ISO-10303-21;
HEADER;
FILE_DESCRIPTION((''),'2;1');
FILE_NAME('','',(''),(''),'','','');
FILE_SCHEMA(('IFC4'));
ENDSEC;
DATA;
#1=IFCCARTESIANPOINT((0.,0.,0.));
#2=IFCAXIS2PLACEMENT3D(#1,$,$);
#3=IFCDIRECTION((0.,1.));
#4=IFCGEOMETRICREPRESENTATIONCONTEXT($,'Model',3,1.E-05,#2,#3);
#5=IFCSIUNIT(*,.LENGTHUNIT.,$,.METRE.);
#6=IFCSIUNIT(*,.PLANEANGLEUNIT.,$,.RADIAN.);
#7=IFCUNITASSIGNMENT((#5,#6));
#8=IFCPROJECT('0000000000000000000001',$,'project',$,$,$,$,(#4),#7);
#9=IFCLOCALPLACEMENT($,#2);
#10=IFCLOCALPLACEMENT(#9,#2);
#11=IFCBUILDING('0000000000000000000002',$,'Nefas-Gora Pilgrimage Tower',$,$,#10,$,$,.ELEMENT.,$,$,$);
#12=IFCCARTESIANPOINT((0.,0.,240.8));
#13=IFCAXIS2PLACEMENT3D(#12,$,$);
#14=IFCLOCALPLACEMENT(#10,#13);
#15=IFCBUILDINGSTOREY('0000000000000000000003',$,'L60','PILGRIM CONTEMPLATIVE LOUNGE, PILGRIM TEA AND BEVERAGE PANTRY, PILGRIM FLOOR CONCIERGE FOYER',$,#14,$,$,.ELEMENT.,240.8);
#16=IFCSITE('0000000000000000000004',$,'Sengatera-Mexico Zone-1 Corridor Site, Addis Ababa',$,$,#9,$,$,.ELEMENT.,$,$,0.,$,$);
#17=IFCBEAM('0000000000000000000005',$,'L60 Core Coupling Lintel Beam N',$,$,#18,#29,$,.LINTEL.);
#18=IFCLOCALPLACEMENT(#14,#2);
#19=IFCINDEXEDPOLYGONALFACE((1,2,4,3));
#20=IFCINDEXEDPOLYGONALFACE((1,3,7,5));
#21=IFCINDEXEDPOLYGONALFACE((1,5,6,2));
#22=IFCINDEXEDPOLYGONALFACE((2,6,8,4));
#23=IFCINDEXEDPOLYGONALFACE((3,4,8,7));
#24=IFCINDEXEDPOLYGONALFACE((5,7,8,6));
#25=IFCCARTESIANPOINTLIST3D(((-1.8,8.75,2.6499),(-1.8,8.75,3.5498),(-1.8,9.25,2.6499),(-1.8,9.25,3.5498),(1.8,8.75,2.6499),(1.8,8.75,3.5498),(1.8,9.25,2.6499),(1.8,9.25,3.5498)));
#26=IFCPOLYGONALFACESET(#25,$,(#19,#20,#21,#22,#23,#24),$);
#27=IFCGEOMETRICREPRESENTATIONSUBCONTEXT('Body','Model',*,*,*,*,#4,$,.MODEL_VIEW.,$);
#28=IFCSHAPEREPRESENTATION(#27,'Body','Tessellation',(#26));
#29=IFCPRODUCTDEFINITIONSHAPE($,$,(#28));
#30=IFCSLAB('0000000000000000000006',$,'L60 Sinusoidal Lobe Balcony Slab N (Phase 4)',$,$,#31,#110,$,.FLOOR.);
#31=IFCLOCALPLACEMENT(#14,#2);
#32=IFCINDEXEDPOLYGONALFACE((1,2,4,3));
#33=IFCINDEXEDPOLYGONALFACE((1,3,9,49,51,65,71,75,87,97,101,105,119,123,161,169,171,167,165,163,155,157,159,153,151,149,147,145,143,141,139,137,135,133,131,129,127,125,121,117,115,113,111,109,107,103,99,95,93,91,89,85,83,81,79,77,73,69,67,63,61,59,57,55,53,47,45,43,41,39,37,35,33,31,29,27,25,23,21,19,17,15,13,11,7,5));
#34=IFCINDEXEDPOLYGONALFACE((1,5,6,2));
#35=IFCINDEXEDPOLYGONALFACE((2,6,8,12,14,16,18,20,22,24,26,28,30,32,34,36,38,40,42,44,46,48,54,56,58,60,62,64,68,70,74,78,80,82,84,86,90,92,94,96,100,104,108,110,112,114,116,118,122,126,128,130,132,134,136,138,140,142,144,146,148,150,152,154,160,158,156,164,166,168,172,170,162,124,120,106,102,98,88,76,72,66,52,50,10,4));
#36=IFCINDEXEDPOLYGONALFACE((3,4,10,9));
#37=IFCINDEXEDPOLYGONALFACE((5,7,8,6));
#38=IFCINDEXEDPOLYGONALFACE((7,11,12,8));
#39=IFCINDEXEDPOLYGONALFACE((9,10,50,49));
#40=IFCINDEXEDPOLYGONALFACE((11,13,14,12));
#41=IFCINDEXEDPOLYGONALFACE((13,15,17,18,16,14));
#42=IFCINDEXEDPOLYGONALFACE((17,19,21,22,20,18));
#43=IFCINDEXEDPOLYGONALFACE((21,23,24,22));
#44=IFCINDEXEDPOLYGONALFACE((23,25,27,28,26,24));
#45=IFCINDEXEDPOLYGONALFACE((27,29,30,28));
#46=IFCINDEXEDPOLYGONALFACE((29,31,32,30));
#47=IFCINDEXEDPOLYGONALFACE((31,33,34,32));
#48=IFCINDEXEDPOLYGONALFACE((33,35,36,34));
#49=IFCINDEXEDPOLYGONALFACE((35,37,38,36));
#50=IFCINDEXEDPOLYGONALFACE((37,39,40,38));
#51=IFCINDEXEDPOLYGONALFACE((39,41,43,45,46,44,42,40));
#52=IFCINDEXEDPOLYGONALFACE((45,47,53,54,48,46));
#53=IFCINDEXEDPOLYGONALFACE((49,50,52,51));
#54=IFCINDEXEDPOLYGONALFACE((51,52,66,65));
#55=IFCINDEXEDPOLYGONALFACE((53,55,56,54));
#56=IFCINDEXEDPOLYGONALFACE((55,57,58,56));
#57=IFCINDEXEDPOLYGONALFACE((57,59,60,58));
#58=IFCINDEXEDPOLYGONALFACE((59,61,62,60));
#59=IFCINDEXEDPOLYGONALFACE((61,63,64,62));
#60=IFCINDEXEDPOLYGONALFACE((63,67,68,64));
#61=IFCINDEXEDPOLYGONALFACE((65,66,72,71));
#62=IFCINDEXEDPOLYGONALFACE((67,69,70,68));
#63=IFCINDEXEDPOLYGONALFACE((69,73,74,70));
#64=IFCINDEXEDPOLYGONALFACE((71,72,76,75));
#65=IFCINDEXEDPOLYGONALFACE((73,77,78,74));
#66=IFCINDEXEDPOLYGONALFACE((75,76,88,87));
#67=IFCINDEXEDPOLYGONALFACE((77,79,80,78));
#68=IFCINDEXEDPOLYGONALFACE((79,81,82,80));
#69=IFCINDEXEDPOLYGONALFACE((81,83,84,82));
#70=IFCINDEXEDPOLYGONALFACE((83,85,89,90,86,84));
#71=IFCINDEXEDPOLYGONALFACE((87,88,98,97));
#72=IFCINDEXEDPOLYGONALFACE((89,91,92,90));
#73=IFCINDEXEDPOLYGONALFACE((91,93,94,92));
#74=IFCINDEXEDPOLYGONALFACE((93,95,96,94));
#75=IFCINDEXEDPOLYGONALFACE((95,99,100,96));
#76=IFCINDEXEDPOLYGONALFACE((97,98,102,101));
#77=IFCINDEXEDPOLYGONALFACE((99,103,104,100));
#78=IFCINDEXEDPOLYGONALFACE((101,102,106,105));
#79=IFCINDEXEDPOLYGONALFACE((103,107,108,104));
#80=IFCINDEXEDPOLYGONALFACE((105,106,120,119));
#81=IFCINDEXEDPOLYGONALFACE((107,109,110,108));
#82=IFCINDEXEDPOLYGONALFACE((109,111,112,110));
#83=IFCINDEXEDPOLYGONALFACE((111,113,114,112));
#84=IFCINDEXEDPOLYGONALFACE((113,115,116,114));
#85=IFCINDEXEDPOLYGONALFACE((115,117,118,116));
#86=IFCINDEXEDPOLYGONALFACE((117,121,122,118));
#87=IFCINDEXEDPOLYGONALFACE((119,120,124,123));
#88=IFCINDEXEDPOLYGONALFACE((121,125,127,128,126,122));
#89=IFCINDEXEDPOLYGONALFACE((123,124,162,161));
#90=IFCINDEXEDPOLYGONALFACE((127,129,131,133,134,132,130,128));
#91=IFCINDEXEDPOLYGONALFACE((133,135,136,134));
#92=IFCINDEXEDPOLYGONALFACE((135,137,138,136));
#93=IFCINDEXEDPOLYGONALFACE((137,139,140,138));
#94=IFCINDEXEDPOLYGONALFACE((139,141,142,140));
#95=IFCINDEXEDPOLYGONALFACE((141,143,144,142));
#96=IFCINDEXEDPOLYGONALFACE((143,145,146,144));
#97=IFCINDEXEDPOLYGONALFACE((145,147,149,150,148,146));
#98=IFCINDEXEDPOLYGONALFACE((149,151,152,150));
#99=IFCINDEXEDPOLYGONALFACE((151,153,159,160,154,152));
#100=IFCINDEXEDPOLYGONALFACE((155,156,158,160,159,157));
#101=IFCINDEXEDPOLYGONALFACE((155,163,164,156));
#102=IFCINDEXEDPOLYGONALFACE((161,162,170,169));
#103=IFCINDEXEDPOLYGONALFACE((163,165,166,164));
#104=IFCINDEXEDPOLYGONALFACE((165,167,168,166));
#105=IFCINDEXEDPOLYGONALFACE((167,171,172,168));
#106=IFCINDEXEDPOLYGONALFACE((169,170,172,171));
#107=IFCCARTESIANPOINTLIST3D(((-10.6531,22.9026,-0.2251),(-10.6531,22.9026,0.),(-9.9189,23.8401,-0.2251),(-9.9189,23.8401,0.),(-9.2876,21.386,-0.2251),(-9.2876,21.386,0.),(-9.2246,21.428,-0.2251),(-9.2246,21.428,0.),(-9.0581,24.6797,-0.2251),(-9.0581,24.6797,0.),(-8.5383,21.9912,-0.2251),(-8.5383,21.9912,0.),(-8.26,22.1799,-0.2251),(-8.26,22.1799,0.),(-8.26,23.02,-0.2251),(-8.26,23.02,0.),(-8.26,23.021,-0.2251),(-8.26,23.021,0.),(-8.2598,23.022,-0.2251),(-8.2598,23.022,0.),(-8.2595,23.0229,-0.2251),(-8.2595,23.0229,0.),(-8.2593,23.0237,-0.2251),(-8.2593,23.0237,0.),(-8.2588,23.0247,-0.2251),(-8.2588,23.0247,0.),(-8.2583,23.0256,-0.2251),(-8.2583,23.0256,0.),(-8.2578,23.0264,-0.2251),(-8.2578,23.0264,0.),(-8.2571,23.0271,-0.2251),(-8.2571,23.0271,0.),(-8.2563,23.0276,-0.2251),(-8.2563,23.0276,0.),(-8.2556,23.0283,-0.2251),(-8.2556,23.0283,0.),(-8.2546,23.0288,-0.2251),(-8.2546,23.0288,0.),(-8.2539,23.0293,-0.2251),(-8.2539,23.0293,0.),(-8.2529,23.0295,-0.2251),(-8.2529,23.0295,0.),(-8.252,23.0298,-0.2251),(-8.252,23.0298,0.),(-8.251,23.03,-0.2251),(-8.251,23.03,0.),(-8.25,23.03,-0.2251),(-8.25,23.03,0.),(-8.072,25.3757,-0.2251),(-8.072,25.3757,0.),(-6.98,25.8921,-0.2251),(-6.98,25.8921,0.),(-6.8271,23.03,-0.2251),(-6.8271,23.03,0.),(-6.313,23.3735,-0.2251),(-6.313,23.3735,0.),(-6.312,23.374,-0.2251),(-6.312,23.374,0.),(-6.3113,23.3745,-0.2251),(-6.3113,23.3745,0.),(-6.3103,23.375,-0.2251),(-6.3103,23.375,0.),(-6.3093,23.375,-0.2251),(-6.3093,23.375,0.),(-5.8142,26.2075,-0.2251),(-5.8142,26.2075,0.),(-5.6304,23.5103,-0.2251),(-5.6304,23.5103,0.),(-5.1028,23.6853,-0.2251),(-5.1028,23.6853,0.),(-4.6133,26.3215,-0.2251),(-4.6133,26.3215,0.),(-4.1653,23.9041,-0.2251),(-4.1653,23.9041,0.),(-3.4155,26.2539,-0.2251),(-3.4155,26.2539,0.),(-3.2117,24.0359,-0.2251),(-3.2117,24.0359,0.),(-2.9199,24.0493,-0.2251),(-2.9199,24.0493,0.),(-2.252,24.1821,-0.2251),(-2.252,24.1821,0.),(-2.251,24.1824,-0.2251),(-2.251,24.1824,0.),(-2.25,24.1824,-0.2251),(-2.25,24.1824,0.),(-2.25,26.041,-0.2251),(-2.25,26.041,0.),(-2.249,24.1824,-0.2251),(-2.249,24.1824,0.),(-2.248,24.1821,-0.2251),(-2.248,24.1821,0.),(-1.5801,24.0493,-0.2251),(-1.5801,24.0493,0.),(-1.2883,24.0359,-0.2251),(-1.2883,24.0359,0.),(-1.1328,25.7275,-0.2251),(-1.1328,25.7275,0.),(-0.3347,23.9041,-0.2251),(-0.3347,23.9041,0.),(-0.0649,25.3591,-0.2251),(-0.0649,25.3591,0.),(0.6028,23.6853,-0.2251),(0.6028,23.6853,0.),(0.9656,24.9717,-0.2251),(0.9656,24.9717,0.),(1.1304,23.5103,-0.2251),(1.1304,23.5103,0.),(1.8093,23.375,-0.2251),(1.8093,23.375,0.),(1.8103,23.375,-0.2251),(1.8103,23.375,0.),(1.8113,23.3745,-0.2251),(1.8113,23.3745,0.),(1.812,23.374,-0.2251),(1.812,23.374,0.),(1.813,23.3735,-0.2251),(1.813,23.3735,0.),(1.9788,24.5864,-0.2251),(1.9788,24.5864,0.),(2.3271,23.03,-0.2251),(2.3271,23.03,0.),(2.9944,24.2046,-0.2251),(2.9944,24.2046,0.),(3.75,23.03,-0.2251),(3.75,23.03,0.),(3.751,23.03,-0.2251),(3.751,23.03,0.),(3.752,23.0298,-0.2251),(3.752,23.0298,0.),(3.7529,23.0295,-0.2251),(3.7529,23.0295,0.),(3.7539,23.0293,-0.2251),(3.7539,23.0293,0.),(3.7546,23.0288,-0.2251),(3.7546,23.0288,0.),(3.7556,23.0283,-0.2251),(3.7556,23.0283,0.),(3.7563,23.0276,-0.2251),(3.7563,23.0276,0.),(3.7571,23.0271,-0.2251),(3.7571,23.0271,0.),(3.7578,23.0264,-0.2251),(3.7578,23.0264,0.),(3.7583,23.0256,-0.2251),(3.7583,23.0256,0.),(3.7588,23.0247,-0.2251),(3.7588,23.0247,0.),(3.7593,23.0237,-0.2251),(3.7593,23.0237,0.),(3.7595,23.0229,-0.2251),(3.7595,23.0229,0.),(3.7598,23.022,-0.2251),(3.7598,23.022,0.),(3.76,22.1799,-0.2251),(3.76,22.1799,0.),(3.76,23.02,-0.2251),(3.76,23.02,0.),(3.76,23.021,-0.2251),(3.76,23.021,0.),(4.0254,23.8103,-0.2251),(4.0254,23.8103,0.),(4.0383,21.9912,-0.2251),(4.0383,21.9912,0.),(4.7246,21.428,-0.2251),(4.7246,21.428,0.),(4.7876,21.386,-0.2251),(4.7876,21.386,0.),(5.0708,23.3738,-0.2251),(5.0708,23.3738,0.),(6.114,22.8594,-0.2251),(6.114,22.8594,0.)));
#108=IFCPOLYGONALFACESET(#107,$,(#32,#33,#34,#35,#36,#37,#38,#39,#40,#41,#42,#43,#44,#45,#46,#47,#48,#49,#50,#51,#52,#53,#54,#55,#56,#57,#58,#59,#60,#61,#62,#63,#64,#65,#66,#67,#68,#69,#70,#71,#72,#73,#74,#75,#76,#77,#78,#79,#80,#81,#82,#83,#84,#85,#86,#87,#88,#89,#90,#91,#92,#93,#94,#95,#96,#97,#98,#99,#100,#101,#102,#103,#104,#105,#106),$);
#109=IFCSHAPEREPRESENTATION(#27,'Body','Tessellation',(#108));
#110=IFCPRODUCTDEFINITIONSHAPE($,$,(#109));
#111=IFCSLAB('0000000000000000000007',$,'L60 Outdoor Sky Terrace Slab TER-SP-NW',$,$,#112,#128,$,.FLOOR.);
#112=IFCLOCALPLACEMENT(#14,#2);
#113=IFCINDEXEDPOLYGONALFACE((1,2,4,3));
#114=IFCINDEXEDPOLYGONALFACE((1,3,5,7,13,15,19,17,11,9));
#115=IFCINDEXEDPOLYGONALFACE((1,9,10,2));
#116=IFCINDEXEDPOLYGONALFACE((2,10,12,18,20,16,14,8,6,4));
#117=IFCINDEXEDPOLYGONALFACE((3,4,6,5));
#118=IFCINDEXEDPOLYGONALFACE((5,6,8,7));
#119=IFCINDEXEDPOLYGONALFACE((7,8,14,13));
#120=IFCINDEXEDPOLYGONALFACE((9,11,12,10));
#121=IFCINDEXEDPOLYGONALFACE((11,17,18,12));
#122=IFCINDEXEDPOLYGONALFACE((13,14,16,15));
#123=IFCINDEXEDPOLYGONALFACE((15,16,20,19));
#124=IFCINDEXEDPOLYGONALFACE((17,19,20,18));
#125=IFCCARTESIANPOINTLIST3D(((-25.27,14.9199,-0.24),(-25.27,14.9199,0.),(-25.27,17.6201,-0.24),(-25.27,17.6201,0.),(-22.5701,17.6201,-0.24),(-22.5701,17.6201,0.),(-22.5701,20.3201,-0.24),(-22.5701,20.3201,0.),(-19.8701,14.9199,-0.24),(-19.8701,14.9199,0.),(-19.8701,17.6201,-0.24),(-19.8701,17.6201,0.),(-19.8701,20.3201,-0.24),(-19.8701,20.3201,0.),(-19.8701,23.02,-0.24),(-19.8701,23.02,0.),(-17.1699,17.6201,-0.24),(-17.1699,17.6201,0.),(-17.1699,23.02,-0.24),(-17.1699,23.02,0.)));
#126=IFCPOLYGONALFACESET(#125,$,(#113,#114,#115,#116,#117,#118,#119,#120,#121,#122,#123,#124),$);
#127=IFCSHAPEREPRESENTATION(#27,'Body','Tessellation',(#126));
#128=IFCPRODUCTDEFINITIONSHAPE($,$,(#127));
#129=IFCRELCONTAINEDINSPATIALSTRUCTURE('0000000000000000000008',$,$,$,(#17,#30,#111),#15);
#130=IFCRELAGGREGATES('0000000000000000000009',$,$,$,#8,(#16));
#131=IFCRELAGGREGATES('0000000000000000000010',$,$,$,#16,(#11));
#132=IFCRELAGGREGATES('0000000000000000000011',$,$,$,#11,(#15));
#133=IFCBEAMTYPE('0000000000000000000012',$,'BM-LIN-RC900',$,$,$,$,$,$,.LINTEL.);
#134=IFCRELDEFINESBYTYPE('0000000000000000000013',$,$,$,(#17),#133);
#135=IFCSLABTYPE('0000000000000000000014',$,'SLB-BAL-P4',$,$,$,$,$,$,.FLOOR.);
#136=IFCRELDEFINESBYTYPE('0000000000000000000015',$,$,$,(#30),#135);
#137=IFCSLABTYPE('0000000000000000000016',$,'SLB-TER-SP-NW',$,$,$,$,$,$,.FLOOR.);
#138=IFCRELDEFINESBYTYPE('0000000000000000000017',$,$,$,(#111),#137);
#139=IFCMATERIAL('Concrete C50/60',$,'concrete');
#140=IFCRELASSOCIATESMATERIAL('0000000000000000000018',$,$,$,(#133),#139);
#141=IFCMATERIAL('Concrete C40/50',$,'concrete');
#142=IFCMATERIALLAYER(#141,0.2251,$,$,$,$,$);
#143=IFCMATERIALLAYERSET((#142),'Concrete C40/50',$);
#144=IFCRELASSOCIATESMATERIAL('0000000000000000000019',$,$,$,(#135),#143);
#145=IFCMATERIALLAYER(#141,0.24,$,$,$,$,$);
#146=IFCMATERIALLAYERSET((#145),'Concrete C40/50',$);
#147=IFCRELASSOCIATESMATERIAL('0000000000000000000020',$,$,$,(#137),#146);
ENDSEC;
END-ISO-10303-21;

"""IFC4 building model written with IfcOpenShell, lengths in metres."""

from ifc_helpers import new_model, si_unit, direction, frame, origin, origin_2d, place, context, subcontext, project, spatial, polyline, rectangle, outline, extrude, source, transform, mapped, material, layer, layer_set, material_profile, profile_set, type_object, element, save


model = new_model("IFC4")

# Units and contexts
model_context = context("Model", 3, precision=1e-05, world=origin(), true_north=direction((0.0, 1.0)))
body_context = subcontext(model_context, "Body", "Model", "MODEL_VIEW")
ifc_project = project(units=[si_unit("LENGTHUNIT", "METRE"), si_unit("PLANEANGLEUNIT", "RADIAN")], contexts=[model_context])

# Site, building, storey
site_placement = place(None, origin())
site = spatial("IfcSite", under=ifc_project, at=site_placement, Name="Sengatera-Mexico Zone-1 Corridor Site, Addis Ababa", CompositionType="ELEMENT", RefElevation=0.0)
building_placement = place(site_placement, origin())
building = spatial("IfcBuilding", under=site, at=building_placement, Name="Nefas-Gora Pilgrimage Tower", CompositionType="ELEMENT")
storey_placement = place(building_placement, frame((0.0, 0.0, 240.8)))
storey = spatial("IfcBuildingStorey", under=building, at=storey_placement, Name="L60", Description="PILGRIM CONTEMPLATIVE LOUNGE, PILGRIM TEA AND BEVERAGE PANTRY, PILGRIM FLOOR CONCIERGE FOYER", CompositionType="ELEMENT", Elevation=240.8)

# Beam
ifc_material_1 = material(Name="Concrete C50/60", Category="concrete")
ifc_material_profile = material_profile(ifc_material_1, rectangle(XDim=0.5, YDim=0.8999, at=origin_2d()), Name="RC 500x900")
ifc_profile_set = profile_set([ifc_material_profile], Name="Concrete C50/60")
beam_type = type_object("IfcBeamType", Name="BM-LIN-RC900", PredefinedType="LINTEL", material=ifc_profile_set)
shared_shape_1 = source(origin(), body_context, "Body", "SweptSolid", [
    extrude(rectangle(XDim=0.5, YDim=0.8999, at=origin_2d()), origin(), (0.0, 0.0, 1.0), 3.6001),
])
beam_placement = place(storey_placement, frame((-1.8, 9.0, 3.0999), z_axis=(1.0, 0.0, 0.0), x_axis=(0.0, 1.0, 0.0)))
element("IfcBeam", 1, at=beam_placement, inside=storey, type_object=beam_type, Name="L60 Core Coupling Lintel Beam N", PredefinedType="LINTEL", context=body_context, shape_type="MappedRepresentation", body=[
    mapped(shared_shape_1, transform((0.0, 0.0, 0.0), x_axis=(1.0, 0.0, 0.0), y_axis=(0.0, 1.0, 0.0), z_axis=(0.0, 0.0, 1.0), scale=1.0)),
])

# Slabs
ifc_material_2 = material(Name="Concrete C40/50", Category="concrete")
ifc_layer_1 = layer(ifc_material_2, 0.2251)
ifc_layer_set_1 = layer_set([ifc_layer_1], Name="Concrete C40/50")
slab_type_1 = type_object("IfcSlabType", Name="SLB-BAL-P4", PredefinedType="FLOOR", material=ifc_layer_set_1)
slab_1_placement = place(storey_placement, frame((0.0, 0.0, -0.2251)))
element("IfcSlab", 2, at=slab_1_placement, inside=storey, type_object=slab_type_1, Name="L60 Sinusoidal Lobe Balcony Slab N (Phase 4)", PredefinedType="FLOOR", context=body_context, shape_type="SweptSolid", body=[
    extrude(outline(polyline([(-9.2876, 21.386), (-9.2246, 21.428), (-8.5383, 21.9912), (-8.26, 22.1799), (-8.26, 23.02), (-8.26, 23.021), (-8.2598, 23.022), (-8.2595, 23.0229), (-8.2593, 23.0237), (-8.2588, 23.0247), (-8.2583, 23.0256), (-8.2578, 23.0264), (-8.2571, 23.0271), (-8.2563, 23.0276), (-8.2556, 23.0283), (-8.2546, 23.0288), (-8.2539, 23.0293), (-8.2529, 23.0295), (-8.252, 23.0298), (-8.251, 23.03), (-8.25, 23.03), (-6.8271, 23.03), (-6.313, 23.3735), (-6.312, 23.374), (-6.3113, 23.3745), (-6.3103, 23.375), (-6.3093, 23.375), (-5.6304, 23.5103), (-5.1028, 23.6853), (-4.1653, 23.9041), (-3.2117, 24.0359), (-2.9199, 24.0493), (-2.252, 24.1821), (-2.251, 24.1824), (-2.25, 24.1824), (-2.249, 24.1824), (-2.248, 24.1821), (-1.5801, 24.0493), (-1.2883, 24.0359), (-0.3347, 23.9041), (0.6028, 23.6853), (1.1304, 23.5103), (1.8093, 23.375), (1.8103, 23.375), (1.8113, 23.3745), (1.812, 23.374), (1.813, 23.3735), (2.3271, 23.03), (3.75, 23.03), (3.751, 23.03), (3.752, 23.0298), (3.7529, 23.0295), (3.7539, 23.0293), (3.7546, 23.0288), (3.7556, 23.0283), (3.7563, 23.0276), (3.7571, 23.0271), (3.7578, 23.0264), (3.7583, 23.0256), (3.7588, 23.0247), (3.7593, 23.0237), (3.7595, 23.0229), (3.7598, 23.022), (3.76, 23.021), (3.76, 23.02), (3.76, 22.1799), (4.0383, 21.9912), (4.7246, 21.428), (4.7876, 21.386), (6.114, 22.8594), (5.0708, 23.3738), (4.0254, 23.8103), (2.9944, 24.2046), (1.9788, 24.5864), (0.9656, 24.9717), (-0.0649, 25.3591), (-1.1328, 25.7275), (-2.25, 26.041), (-3.4155, 26.2539), (-4.6133, 26.3215), (-5.8142, 26.2075), (-6.98, 25.8921), (-8.072, 25.3757), (-9.0581, 24.6797), (-9.9189, 23.8401), (-10.6531, 22.9026), (-9.2876, 21.386)])), origin(), (0.0, 0.0, 1.0), 0.2251),
])
ifc_layer_2 = layer(ifc_material_2, 0.24)
ifc_layer_set_2 = layer_set([ifc_layer_2], Name="Concrete C40/50")
slab_type_2 = type_object("IfcSlabType", Name="SLB-TER-SP-NW", PredefinedType="FLOOR", material=ifc_layer_set_2)
slab_2_placement = place(storey_placement, frame((0.0, 0.0, -0.24)))
element("IfcSlab", 3, at=slab_2_placement, inside=storey, type_object=slab_type_2, Name="L60 Outdoor Sky Terrace Slab TER-SP-NW", PredefinedType="FLOOR", context=body_context, shape_type="SweptSolid", body=[
    extrude(outline(polyline([(-25.27, 14.9199), (-19.8701, 14.9199), (-19.8701, 17.6201), (-17.1699, 17.6201), (-17.1699, 23.02), (-19.8701, 23.02), (-19.8701, 20.3201), (-22.5701, 20.3201), (-22.5701, 17.6201), (-25.27, 17.6201), (-25.27, 14.9199)])), origin(), (0.0, 0.0, 1.0), 0.24),
])

save(model, "model.ifc")
